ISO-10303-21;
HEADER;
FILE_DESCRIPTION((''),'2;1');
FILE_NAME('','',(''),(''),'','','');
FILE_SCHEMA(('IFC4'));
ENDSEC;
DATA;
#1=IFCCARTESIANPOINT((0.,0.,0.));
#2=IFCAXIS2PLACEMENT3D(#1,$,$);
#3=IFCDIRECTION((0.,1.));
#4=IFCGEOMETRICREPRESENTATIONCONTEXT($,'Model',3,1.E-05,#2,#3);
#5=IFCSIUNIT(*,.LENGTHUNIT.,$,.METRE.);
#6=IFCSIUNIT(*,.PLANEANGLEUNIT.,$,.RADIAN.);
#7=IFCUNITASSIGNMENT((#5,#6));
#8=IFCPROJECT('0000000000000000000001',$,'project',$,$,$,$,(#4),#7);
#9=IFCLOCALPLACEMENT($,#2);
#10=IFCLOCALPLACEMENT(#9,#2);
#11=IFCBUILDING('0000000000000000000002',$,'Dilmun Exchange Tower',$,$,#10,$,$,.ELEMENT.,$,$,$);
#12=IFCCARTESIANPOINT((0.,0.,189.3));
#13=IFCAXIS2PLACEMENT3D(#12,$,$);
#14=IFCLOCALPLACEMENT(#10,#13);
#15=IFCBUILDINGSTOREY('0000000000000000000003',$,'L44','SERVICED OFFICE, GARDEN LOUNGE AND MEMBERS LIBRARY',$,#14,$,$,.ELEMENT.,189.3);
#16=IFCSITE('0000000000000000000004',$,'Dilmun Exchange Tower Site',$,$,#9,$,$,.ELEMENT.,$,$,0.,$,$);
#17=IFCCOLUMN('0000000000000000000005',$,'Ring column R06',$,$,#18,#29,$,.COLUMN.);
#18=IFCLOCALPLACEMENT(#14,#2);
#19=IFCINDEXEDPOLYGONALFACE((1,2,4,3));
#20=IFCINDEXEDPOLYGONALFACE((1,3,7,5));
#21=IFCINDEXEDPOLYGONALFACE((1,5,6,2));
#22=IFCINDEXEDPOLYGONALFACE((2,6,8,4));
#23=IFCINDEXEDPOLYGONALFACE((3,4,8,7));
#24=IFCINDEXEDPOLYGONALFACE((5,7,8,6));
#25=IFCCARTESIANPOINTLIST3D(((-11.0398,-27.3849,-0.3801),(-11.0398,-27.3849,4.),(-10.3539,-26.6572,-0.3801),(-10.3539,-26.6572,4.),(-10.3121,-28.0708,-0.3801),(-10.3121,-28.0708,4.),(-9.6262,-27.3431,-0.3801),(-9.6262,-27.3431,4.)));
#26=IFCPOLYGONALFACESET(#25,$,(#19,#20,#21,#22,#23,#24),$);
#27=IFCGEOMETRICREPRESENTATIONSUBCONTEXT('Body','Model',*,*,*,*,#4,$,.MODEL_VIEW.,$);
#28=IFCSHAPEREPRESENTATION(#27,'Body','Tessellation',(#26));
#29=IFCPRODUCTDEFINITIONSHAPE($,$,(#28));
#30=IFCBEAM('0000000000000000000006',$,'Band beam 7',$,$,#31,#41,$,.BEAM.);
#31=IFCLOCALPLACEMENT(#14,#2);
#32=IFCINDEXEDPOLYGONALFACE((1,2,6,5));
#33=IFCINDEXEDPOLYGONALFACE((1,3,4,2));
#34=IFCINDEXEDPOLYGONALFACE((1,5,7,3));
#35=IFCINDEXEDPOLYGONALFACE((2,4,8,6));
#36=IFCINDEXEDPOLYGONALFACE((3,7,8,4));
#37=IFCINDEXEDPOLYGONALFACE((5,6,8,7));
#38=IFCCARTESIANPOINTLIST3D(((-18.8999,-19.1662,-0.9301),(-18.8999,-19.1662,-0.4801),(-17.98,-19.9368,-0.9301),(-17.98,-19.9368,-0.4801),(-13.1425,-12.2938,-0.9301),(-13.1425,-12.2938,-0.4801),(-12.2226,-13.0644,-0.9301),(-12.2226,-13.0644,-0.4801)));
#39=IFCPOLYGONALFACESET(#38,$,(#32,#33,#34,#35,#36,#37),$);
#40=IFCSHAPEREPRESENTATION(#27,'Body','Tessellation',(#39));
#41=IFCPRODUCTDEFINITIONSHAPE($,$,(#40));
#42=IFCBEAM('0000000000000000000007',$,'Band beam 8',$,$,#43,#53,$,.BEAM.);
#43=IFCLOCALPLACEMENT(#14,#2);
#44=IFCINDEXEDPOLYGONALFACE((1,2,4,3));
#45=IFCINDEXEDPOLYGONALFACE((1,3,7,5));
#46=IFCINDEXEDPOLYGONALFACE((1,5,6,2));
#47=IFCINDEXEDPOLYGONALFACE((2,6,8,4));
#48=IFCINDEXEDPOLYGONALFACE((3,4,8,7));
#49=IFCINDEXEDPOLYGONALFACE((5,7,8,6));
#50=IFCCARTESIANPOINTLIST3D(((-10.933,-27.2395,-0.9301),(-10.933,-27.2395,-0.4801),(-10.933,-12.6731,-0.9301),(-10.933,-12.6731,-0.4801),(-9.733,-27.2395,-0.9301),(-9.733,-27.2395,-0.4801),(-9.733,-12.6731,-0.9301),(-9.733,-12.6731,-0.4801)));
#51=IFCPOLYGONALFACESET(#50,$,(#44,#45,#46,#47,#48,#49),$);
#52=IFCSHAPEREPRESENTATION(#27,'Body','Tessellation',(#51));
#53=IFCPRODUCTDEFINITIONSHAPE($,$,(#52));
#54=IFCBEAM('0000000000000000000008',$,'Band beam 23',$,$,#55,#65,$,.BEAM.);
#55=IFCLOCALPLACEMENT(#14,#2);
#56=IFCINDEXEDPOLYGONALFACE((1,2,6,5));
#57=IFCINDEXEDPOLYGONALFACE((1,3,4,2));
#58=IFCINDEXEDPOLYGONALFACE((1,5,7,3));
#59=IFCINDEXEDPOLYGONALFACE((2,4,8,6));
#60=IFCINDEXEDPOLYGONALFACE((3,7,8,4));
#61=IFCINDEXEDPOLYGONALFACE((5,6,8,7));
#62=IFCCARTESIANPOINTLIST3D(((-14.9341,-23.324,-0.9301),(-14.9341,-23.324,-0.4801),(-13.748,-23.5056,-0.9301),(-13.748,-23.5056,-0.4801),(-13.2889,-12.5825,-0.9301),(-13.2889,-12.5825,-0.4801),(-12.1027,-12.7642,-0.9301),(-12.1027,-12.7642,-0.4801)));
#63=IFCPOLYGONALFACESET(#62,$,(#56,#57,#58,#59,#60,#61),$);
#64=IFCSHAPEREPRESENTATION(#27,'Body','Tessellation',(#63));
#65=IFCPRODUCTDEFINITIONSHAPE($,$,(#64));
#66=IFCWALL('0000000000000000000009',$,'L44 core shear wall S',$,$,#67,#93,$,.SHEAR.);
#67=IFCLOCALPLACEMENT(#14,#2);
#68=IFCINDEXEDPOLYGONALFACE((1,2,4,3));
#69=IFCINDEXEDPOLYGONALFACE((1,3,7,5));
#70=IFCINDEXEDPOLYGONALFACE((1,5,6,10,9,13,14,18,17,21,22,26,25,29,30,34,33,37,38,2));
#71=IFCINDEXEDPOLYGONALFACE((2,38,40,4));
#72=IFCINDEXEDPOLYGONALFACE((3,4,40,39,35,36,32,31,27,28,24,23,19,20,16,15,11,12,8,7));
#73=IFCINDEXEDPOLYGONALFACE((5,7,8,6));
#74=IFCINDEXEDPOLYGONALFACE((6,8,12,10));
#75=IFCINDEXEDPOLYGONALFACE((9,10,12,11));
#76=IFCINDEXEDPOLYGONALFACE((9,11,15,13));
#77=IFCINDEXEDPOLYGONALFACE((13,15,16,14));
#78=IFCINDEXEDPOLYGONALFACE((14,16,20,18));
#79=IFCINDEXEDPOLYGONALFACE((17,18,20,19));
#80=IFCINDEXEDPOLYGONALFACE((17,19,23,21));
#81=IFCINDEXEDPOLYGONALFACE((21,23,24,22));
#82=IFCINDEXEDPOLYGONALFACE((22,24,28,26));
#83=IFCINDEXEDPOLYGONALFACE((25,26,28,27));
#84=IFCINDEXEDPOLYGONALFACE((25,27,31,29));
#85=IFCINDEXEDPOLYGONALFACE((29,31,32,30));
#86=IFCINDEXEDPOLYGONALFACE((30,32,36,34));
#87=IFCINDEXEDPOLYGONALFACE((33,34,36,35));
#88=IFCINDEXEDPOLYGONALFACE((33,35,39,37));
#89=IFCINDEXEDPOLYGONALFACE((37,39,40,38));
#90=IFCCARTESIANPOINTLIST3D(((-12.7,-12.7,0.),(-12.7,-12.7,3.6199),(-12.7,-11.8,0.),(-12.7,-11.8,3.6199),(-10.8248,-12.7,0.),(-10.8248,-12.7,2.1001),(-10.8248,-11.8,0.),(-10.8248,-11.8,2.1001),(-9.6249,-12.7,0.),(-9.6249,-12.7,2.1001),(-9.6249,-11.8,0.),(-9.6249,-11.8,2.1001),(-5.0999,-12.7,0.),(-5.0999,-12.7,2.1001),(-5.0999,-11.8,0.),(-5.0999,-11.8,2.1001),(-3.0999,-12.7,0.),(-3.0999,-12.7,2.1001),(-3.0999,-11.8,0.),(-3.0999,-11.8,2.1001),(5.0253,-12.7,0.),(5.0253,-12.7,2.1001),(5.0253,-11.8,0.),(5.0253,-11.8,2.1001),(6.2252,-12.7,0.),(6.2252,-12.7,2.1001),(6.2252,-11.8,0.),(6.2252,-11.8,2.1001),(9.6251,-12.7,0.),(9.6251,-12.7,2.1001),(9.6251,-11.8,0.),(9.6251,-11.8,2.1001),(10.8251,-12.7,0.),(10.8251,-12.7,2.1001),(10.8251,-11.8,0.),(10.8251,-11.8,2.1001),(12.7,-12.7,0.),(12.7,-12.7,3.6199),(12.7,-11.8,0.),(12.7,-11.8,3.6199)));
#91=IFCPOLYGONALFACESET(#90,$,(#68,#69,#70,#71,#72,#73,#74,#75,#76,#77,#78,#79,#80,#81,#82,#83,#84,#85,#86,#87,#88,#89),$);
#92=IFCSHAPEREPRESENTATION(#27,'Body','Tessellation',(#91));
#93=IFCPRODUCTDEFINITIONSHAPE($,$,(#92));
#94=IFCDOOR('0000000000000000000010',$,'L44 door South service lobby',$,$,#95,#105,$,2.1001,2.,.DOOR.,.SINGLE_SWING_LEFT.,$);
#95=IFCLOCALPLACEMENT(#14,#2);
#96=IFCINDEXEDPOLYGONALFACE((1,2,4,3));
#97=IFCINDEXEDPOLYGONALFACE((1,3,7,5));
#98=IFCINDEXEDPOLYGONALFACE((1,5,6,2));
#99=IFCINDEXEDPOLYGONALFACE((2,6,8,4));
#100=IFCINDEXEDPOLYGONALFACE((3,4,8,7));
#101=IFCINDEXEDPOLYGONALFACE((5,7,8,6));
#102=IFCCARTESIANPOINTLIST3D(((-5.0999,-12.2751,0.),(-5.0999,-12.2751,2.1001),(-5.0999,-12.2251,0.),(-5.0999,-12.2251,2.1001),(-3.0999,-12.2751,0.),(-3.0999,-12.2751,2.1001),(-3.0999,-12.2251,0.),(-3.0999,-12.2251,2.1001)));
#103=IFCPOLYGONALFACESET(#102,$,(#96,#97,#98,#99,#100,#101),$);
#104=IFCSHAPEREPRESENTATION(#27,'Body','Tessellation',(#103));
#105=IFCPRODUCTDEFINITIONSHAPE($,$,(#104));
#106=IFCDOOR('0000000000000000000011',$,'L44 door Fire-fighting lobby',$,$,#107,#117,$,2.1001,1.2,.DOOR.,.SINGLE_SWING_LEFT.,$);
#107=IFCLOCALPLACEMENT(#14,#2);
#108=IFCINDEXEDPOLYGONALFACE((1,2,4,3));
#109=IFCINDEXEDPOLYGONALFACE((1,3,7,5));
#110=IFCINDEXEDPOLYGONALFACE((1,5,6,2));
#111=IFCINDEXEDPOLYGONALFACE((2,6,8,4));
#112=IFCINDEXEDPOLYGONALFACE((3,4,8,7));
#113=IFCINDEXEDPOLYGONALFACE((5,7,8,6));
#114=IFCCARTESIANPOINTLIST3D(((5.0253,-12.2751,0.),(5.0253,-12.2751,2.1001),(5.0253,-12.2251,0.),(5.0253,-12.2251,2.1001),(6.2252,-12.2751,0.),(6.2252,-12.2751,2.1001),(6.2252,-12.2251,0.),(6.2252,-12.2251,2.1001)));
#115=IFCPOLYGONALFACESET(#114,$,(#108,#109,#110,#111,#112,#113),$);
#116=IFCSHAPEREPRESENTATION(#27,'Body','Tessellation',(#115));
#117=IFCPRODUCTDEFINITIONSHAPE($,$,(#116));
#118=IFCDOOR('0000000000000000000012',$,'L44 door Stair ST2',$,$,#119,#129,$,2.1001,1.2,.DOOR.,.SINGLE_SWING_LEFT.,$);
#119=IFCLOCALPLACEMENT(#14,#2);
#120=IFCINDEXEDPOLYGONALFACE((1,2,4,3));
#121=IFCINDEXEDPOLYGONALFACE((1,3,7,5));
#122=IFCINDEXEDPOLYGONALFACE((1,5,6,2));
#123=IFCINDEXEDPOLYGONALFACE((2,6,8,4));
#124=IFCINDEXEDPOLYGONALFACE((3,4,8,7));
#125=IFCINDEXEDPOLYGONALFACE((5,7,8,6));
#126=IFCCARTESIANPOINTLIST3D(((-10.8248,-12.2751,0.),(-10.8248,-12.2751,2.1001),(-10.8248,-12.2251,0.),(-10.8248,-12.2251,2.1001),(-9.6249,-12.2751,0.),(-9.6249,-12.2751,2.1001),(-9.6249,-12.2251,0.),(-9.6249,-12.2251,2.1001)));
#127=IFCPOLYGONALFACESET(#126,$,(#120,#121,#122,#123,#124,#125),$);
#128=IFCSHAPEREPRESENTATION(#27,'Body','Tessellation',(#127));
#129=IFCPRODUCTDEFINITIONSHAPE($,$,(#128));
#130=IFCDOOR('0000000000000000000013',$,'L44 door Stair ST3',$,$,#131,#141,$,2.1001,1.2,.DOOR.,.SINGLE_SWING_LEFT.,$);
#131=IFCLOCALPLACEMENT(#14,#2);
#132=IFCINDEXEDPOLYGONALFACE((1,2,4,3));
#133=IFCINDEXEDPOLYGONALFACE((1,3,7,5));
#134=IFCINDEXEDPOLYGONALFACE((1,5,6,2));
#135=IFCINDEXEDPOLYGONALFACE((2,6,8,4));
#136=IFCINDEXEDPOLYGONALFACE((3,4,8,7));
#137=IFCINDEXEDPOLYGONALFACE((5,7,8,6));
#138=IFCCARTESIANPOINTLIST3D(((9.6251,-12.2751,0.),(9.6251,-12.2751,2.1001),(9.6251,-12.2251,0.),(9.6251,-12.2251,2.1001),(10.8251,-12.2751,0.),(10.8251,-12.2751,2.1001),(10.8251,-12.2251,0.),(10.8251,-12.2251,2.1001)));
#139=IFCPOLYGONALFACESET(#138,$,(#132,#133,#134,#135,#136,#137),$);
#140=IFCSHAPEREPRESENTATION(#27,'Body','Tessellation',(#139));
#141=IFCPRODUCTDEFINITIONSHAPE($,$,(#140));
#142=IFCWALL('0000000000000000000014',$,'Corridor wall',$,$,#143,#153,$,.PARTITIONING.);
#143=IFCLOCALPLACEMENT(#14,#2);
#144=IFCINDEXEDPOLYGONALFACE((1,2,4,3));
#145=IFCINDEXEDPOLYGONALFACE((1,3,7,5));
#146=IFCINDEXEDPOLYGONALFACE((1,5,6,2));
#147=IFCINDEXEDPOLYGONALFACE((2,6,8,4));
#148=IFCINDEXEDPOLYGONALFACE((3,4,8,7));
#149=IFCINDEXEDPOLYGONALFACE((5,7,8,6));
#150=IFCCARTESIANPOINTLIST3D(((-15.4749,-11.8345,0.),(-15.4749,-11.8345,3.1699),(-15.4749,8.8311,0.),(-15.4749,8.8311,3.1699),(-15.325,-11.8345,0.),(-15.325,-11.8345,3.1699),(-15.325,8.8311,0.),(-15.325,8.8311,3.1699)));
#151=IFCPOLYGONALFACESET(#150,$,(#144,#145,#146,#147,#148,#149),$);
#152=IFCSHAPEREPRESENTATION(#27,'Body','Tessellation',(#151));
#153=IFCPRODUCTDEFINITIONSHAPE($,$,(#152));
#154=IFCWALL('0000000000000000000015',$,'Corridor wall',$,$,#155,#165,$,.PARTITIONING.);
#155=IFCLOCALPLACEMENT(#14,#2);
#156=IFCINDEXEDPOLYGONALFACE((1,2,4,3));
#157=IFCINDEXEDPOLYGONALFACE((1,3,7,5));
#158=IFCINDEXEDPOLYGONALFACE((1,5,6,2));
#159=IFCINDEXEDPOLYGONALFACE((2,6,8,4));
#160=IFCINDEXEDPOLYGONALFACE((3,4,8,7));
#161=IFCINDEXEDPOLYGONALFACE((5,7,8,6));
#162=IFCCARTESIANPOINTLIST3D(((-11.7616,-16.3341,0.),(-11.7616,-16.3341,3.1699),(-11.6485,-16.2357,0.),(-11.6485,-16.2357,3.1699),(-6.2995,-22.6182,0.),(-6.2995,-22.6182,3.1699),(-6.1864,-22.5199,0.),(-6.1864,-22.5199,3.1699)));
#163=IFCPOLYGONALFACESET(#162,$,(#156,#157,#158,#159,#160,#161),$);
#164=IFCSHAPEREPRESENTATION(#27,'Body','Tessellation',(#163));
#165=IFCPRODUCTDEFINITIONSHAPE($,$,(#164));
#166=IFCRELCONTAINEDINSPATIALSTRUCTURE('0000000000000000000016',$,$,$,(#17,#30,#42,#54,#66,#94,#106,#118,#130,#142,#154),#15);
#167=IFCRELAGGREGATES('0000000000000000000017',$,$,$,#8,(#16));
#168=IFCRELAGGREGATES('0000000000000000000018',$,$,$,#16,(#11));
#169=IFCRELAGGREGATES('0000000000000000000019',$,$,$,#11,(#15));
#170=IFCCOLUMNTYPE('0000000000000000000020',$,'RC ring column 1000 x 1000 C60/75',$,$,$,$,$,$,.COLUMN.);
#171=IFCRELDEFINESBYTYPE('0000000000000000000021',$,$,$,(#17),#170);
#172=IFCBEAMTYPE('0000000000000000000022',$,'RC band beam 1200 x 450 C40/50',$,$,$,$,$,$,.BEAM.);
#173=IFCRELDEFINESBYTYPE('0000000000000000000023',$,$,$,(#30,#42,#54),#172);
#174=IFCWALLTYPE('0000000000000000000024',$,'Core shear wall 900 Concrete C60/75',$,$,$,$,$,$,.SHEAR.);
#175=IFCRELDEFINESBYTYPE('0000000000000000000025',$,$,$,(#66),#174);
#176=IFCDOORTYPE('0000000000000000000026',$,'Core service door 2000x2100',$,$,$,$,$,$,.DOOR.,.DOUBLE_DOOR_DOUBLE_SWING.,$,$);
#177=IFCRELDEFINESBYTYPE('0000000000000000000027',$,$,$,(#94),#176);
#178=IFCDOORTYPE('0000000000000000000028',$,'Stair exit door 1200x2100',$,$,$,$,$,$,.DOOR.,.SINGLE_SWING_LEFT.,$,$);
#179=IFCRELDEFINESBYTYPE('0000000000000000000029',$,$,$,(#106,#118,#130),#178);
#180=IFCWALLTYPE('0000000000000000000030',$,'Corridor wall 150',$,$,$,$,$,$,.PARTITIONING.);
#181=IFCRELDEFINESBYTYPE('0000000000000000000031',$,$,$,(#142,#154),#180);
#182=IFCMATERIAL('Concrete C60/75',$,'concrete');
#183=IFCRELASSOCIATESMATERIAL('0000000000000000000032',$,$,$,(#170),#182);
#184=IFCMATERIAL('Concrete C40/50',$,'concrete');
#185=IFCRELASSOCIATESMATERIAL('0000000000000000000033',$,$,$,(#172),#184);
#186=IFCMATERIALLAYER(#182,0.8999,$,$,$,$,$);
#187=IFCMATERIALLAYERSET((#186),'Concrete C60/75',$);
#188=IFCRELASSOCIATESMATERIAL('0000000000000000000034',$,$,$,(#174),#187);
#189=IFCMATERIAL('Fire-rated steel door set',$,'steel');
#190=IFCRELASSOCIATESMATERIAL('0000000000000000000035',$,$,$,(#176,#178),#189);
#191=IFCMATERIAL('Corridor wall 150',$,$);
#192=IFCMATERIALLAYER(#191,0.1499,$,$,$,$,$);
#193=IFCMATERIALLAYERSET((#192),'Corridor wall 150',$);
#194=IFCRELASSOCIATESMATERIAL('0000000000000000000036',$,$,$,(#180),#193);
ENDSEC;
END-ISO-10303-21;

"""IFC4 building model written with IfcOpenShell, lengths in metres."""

from ifc_helpers import new_model, si_unit, direction, frame, frame_2d, origin, origin_2d, place, context, subcontext, project, spatial, rectangle, extrude, material, layer, layer_set, material_profile, profile_set, type_object, element, fill, save


model = new_model("IFC4")

# Units and contexts
model_context = context("Model", 3, precision=1e-05, world=origin(), true_north=direction((0.0, 1.0)))
body_context = subcontext(model_context, "Body", "Model", "MODEL_VIEW")
ifc_project = project(units=[si_unit("LENGTHUNIT", "METRE"), si_unit("PLANEANGLEUNIT", "RADIAN")], contexts=[model_context])

# Site, building, storey
site_placement = place(None, origin())
site = spatial("IfcSite", under=ifc_project, at=site_placement, Name="Dilmun Exchange Tower Site", CompositionType="ELEMENT", RefElevation=0.0)
building_placement = place(site_placement, origin())
building = spatial("IfcBuilding", under=site, at=building_placement, Name="Dilmun Exchange Tower", CompositionType="ELEMENT")
storey_placement = place(building_placement, frame((0.0, 0.0, 189.3)))
storey = spatial("IfcBuildingStorey", under=building, at=storey_placement, Name="L44", Description="SERVICED OFFICE, GARDEN LOUNGE AND MEMBERS LIBRARY", CompositionType="ELEMENT", Elevation=189.3)

# Column
ifc_material_1 = material(Name="Concrete C60/75", Category="concrete")
ifc_material_profile_1 = material_profile(ifc_material_1, rectangle(XDim=1.0, YDim=1.0, at=origin_2d()), Name="1000 x 1000")
ifc_profile_set_1 = profile_set([ifc_material_profile_1], Name="Concrete C60/75")
column_type = type_object("IfcColumnType", Name="RC ring column 1000 x 1000 C60/75", PredefinedType="COLUMN", material=ifc_profile_set_1)
column_placement = place(storey_placement, frame((-10.333, -27.364, -0.3801), z_axis=(0.0, 0.0, 1.0), x_axis=(0.685916, 0.727681, 0.0)))
element("IfcColumn", 1, at=column_placement, inside=storey, type_object=column_type, Name="Ring column R06", PredefinedType="COLUMN", context=body_context, shape_type="SweptSolid", body=[
    extrude(rectangle(XDim=1.0, YDim=1.0, at=origin_2d()), origin(), (0.0, 0.0, 1.0), 4.3801),
])

# Beams
ifc_material_2 = material(Name="Concrete C40/50", Category="concrete")
ifc_material_profile_2 = material_profile(ifc_material_2, rectangle(XDim=1.2, YDim=0.45, at=origin_2d()), Name="1200 x 450")
ifc_profile_set_2 = profile_set([ifc_material_profile_2], Name="Concrete C40/50")
beam_type = type_object("IfcBeamType", Name="RC band beam 1200 x 450 C40/50", PredefinedType="BEAM", material=ifc_profile_set_2)
beam_1_placement = place(storey_placement, frame((-18.4399, -19.5515, -0.7051), z_axis=(0.642183, 0.766551, 0.0), x_axis=(-0.766551, 0.642183, 0.0)))
element("IfcBeam", 2, at=beam_1_placement, inside=storey, type_object=beam_type, Name="Band beam 7", PredefinedType="BEAM", context=body_context, shape_type="SweptSolid", body=[
    extrude(rectangle(XDim=1.2, YDim=0.45, at=origin_2d()), origin(), (0.0, 0.0, 1.0), 8.9653),
])
beam_2_placement = place(storey_placement, frame((-10.333, -27.2395, -0.7051), z_axis=(0.0, 1.0, 0.0), x_axis=(-1.0, 0.0, 0.0)))
element("IfcBeam", 3, at=beam_2_placement, inside=storey, type_object=beam_type, Name="Band beam 8", PredefinedType="BEAM", context=body_context, shape_type="SweptSolid", body=[
    extrude(rectangle(XDim=1.2, YDim=0.45, at=origin_2d()), origin(), (0.0, 0.0, 1.0), 14.5664),
])
beam_3_placement = place(storey_placement, frame((-14.3411, -23.4148, -0.7051), z_axis=(0.151404, 0.988472, 0.0), x_axis=(-0.988472, 0.151404, 0.0)))
element("IfcBeam", 4, at=beam_3_placement, inside=storey, type_object=beam_type, Name="Band beam 23", PredefinedType="BEAM", context=body_context, shape_type="SweptSolid", body=[
    extrude(rectangle(XDim=1.2, YDim=0.45, at=origin_2d()), origin(), (0.0, 0.0, 1.0), 10.8667),
])

# Wall, openings, doors
ifc_layer_1 = layer(ifc_material_1, 0.8999)
ifc_layer_set_1 = layer_set([ifc_layer_1], Name="Concrete C60/75")
wall_type_1 = type_object("IfcWallType", Name="Core shear wall 900 Concrete C60/75", PredefinedType="SHEAR", material=ifc_layer_set_1)
wall_1_placement = place(storey_placement, frame((-12.7, -12.25, 0.0), z_axis=(0.0, 0.0, 1.0), x_axis=(1.0, 0.0, 0.0)))
wall_1 = element("IfcWall", 5, at=wall_1_placement, inside=storey, type_object=wall_type_1, Name="L44 core shear wall S", PredefinedType="SHEAR", context=body_context, shape_type="SweptSolid", body=[
    extrude(rectangle(XDim=25.3999, YDim=0.8999, at=frame_2d((12.7, 0.0))), origin(), (0.0, 0.0, 1.0), 3.6199),
])
opening_1_placement = place(wall_1_placement, frame((7.6001, 0.0, 0.0)))
opening_1 = element("IfcOpeningElement", 6, at=opening_1_placement, cuts=wall_1, PredefinedType="OPENING", context=body_context, shape_type="SweptSolid", body=[
    extrude(rectangle(XDim=2.0, YDim=2.1001, at=frame_2d((1.0, 1.05))), frame((0.0, 0.46, 0.0), z_axis=(0.0, -1.0, 0.0), x_axis=(1.0, 0.0, 0.0)), (0.0, 0.0, 1.0), 0.9199),
])
opening_2_placement = place(wall_1_placement, frame((17.7251, 0.0, 0.0)))
opening_2 = element("IfcOpeningElement", 7, at=opening_2_placement, cuts=wall_1, PredefinedType="OPENING", context=body_context, shape_type="SweptSolid", body=[
    extrude(rectangle(XDim=1.2, YDim=2.1001, at=frame_2d((0.6001, 1.05))), frame((0.0, 0.46, 0.0), z_axis=(0.0, -1.0, 0.0), x_axis=(1.0, 0.0, 0.0)), (0.0, 0.0, 1.0), 0.9199),
])
opening_3_placement = place(wall_1_placement, frame((1.875, 0.0, 0.0)))
opening_3 = element("IfcOpeningElement", 8, at=opening_3_placement, cuts=wall_1, PredefinedType="OPENING", context=body_context, shape_type="SweptSolid", body=[
    extrude(rectangle(XDim=1.2, YDim=2.1001, at=frame_2d((0.6001, 1.05))), frame((0.0, 0.46, 0.0), z_axis=(0.0, -1.0, 0.0), x_axis=(1.0, 0.0, 0.0)), (0.0, 0.0, 1.0), 0.9199),
])
opening_4_placement = place(wall_1_placement, frame((22.325, 0.0, 0.0)))
opening_4 = element("IfcOpeningElement", 9, at=opening_4_placement, cuts=wall_1, PredefinedType="OPENING", context=body_context, shape_type="SweptSolid", body=[
    extrude(rectangle(XDim=1.2, YDim=2.1001, at=frame_2d((0.6001, 1.05))), frame((0.0, 0.46, 0.0), z_axis=(0.0, -1.0, 0.0), x_axis=(1.0, 0.0, 0.0)), (0.0, 0.0, 1.0), 0.9199),
])
ifc_material_3 = material(Name="Fire-rated steel door set", Category="steel")
door_type_1 = type_object("IfcDoorType", Name="Core service door 2000x2100", OperationType="DOUBLE_DOOR_DOUBLE_SWING", PredefinedType="DOOR", material=ifc_material_3)
door_1_placement = place(opening_1_placement, origin())
door_1 = element("IfcDoor", 10, at=door_1_placement, inside=storey, type_object=door_type_1, Name="L44 door South service lobby", OperationType="SINGLE_SWING_LEFT", OverallHeight=2.1001, OverallWidth=2.0, PredefinedType="DOOR", context=body_context, shape_type="SweptSolid", body=[
    extrude(rectangle(XDim=2.0, YDim=2.1001, at=frame_2d((1.0, 1.05))), frame((0.0, 0.0249, 0.0), z_axis=(0.0, -1.0, 0.0), x_axis=(1.0, 0.0, 0.0)), (0.0, 0.0, 1.0), 0.05),
])
fill(opening_1, door_1)
door_type_2 = type_object("IfcDoorType", Name="Stair exit door 1200x2100", OperationType="SINGLE_SWING_LEFT", PredefinedType="DOOR", material=ifc_material_3)
door_2_placement = place(opening_2_placement, origin())
door_2 = element("IfcDoor", 11, at=door_2_placement, inside=storey, type_object=door_type_2, Name="L44 door Fire-fighting lobby", OperationType="SINGLE_SWING_LEFT", OverallHeight=2.1001, OverallWidth=1.2, PredefinedType="DOOR", context=body_context, shape_type="SweptSolid", body=[
    extrude(rectangle(XDim=1.2, YDim=2.1001, at=frame_2d((0.6001, 1.05))), frame((0.0, 0.0249, 0.0), z_axis=(0.0, -1.0, 0.0), x_axis=(1.0, 0.0, 0.0)), (0.0, 0.0, 1.0), 0.05),
])
fill(opening_2, door_2)
door_3_placement = place(opening_3_placement, origin())
door_3 = element("IfcDoor", 12, at=door_3_placement, inside=storey, type_object=door_type_2, Name="L44 door Stair ST2", OperationType="SINGLE_SWING_LEFT", OverallHeight=2.1001, OverallWidth=1.2, PredefinedType="DOOR", context=body_context, shape_type="SweptSolid", body=[
    extrude(rectangle(XDim=1.2, YDim=2.1001, at=frame_2d((0.6001, 1.05))), frame((0.0, 0.0249, 0.0), z_axis=(0.0, -1.0, 0.0), x_axis=(1.0, 0.0, 0.0)), (0.0, 0.0, 1.0), 0.05),
])
fill(opening_3, door_3)
door_4_placement = place(opening_4_placement, origin())
door_4 = element("IfcDoor", 13, at=door_4_placement, inside=storey, type_object=door_type_2, Name="L44 door Stair ST3", OperationType="SINGLE_SWING_LEFT", OverallHeight=2.1001, OverallWidth=1.2, PredefinedType="DOOR", context=body_context, shape_type="SweptSolid", body=[
    extrude(rectangle(XDim=1.2, YDim=2.1001, at=frame_2d((0.6001, 1.05))), frame((0.0, 0.0249, 0.0), z_axis=(0.0, -1.0, 0.0), x_axis=(1.0, 0.0, 0.0)), (0.0, 0.0, 1.0), 0.05),
])
fill(opening_4, door_4)

# Walls
ifc_material_4 = material(Name="Corridor wall 150")
ifc_layer_2 = layer(ifc_material_4, 0.1499)
ifc_layer_set_2 = layer_set([ifc_layer_2], Name="Corridor wall 150")
wall_type_2 = type_object("IfcWallType", Name="Corridor wall 150", PredefinedType="PARTITIONING", material=ifc_layer_set_2)
wall_2_placement = place(storey_placement, frame((-15.3999, -11.8345, 0.0), z_axis=(0.0, 0.0, 1.0), x_axis=(0.0, 1.0, 0.0)))
element("IfcWall", 14, at=wall_2_placement, inside=storey, type_object=wall_type_2, Name="Corridor wall", PredefinedType="PARTITIONING", context=body_context, shape_type="SweptSolid", body=[
    extrude(rectangle(XDim=20.6655, YDim=0.1499, at=frame_2d((10.3328, 0.0))), origin(), (0.0, 0.0, 1.0), 3.1699),
])
wall_3_placement = place(storey_placement, frame((-11.7051, -16.2849, 0.0), z_axis=(0.0, 0.0, 1.0), x_axis=(0.656018, -0.754745, 0.0)))
element("IfcWall", 15, at=wall_3_placement, inside=storey, type_object=wall_type_2, Name="Corridor wall", PredefinedType="PARTITIONING", context=body_context, shape_type="SweptSolid", body=[
    extrude(rectangle(XDim=8.3262, YDim=0.1499, at=frame_2d((4.1631, 0.0))), origin(), (0.0, 0.0, 1.0), 3.1699),
])

save(model, "model.ifc")
